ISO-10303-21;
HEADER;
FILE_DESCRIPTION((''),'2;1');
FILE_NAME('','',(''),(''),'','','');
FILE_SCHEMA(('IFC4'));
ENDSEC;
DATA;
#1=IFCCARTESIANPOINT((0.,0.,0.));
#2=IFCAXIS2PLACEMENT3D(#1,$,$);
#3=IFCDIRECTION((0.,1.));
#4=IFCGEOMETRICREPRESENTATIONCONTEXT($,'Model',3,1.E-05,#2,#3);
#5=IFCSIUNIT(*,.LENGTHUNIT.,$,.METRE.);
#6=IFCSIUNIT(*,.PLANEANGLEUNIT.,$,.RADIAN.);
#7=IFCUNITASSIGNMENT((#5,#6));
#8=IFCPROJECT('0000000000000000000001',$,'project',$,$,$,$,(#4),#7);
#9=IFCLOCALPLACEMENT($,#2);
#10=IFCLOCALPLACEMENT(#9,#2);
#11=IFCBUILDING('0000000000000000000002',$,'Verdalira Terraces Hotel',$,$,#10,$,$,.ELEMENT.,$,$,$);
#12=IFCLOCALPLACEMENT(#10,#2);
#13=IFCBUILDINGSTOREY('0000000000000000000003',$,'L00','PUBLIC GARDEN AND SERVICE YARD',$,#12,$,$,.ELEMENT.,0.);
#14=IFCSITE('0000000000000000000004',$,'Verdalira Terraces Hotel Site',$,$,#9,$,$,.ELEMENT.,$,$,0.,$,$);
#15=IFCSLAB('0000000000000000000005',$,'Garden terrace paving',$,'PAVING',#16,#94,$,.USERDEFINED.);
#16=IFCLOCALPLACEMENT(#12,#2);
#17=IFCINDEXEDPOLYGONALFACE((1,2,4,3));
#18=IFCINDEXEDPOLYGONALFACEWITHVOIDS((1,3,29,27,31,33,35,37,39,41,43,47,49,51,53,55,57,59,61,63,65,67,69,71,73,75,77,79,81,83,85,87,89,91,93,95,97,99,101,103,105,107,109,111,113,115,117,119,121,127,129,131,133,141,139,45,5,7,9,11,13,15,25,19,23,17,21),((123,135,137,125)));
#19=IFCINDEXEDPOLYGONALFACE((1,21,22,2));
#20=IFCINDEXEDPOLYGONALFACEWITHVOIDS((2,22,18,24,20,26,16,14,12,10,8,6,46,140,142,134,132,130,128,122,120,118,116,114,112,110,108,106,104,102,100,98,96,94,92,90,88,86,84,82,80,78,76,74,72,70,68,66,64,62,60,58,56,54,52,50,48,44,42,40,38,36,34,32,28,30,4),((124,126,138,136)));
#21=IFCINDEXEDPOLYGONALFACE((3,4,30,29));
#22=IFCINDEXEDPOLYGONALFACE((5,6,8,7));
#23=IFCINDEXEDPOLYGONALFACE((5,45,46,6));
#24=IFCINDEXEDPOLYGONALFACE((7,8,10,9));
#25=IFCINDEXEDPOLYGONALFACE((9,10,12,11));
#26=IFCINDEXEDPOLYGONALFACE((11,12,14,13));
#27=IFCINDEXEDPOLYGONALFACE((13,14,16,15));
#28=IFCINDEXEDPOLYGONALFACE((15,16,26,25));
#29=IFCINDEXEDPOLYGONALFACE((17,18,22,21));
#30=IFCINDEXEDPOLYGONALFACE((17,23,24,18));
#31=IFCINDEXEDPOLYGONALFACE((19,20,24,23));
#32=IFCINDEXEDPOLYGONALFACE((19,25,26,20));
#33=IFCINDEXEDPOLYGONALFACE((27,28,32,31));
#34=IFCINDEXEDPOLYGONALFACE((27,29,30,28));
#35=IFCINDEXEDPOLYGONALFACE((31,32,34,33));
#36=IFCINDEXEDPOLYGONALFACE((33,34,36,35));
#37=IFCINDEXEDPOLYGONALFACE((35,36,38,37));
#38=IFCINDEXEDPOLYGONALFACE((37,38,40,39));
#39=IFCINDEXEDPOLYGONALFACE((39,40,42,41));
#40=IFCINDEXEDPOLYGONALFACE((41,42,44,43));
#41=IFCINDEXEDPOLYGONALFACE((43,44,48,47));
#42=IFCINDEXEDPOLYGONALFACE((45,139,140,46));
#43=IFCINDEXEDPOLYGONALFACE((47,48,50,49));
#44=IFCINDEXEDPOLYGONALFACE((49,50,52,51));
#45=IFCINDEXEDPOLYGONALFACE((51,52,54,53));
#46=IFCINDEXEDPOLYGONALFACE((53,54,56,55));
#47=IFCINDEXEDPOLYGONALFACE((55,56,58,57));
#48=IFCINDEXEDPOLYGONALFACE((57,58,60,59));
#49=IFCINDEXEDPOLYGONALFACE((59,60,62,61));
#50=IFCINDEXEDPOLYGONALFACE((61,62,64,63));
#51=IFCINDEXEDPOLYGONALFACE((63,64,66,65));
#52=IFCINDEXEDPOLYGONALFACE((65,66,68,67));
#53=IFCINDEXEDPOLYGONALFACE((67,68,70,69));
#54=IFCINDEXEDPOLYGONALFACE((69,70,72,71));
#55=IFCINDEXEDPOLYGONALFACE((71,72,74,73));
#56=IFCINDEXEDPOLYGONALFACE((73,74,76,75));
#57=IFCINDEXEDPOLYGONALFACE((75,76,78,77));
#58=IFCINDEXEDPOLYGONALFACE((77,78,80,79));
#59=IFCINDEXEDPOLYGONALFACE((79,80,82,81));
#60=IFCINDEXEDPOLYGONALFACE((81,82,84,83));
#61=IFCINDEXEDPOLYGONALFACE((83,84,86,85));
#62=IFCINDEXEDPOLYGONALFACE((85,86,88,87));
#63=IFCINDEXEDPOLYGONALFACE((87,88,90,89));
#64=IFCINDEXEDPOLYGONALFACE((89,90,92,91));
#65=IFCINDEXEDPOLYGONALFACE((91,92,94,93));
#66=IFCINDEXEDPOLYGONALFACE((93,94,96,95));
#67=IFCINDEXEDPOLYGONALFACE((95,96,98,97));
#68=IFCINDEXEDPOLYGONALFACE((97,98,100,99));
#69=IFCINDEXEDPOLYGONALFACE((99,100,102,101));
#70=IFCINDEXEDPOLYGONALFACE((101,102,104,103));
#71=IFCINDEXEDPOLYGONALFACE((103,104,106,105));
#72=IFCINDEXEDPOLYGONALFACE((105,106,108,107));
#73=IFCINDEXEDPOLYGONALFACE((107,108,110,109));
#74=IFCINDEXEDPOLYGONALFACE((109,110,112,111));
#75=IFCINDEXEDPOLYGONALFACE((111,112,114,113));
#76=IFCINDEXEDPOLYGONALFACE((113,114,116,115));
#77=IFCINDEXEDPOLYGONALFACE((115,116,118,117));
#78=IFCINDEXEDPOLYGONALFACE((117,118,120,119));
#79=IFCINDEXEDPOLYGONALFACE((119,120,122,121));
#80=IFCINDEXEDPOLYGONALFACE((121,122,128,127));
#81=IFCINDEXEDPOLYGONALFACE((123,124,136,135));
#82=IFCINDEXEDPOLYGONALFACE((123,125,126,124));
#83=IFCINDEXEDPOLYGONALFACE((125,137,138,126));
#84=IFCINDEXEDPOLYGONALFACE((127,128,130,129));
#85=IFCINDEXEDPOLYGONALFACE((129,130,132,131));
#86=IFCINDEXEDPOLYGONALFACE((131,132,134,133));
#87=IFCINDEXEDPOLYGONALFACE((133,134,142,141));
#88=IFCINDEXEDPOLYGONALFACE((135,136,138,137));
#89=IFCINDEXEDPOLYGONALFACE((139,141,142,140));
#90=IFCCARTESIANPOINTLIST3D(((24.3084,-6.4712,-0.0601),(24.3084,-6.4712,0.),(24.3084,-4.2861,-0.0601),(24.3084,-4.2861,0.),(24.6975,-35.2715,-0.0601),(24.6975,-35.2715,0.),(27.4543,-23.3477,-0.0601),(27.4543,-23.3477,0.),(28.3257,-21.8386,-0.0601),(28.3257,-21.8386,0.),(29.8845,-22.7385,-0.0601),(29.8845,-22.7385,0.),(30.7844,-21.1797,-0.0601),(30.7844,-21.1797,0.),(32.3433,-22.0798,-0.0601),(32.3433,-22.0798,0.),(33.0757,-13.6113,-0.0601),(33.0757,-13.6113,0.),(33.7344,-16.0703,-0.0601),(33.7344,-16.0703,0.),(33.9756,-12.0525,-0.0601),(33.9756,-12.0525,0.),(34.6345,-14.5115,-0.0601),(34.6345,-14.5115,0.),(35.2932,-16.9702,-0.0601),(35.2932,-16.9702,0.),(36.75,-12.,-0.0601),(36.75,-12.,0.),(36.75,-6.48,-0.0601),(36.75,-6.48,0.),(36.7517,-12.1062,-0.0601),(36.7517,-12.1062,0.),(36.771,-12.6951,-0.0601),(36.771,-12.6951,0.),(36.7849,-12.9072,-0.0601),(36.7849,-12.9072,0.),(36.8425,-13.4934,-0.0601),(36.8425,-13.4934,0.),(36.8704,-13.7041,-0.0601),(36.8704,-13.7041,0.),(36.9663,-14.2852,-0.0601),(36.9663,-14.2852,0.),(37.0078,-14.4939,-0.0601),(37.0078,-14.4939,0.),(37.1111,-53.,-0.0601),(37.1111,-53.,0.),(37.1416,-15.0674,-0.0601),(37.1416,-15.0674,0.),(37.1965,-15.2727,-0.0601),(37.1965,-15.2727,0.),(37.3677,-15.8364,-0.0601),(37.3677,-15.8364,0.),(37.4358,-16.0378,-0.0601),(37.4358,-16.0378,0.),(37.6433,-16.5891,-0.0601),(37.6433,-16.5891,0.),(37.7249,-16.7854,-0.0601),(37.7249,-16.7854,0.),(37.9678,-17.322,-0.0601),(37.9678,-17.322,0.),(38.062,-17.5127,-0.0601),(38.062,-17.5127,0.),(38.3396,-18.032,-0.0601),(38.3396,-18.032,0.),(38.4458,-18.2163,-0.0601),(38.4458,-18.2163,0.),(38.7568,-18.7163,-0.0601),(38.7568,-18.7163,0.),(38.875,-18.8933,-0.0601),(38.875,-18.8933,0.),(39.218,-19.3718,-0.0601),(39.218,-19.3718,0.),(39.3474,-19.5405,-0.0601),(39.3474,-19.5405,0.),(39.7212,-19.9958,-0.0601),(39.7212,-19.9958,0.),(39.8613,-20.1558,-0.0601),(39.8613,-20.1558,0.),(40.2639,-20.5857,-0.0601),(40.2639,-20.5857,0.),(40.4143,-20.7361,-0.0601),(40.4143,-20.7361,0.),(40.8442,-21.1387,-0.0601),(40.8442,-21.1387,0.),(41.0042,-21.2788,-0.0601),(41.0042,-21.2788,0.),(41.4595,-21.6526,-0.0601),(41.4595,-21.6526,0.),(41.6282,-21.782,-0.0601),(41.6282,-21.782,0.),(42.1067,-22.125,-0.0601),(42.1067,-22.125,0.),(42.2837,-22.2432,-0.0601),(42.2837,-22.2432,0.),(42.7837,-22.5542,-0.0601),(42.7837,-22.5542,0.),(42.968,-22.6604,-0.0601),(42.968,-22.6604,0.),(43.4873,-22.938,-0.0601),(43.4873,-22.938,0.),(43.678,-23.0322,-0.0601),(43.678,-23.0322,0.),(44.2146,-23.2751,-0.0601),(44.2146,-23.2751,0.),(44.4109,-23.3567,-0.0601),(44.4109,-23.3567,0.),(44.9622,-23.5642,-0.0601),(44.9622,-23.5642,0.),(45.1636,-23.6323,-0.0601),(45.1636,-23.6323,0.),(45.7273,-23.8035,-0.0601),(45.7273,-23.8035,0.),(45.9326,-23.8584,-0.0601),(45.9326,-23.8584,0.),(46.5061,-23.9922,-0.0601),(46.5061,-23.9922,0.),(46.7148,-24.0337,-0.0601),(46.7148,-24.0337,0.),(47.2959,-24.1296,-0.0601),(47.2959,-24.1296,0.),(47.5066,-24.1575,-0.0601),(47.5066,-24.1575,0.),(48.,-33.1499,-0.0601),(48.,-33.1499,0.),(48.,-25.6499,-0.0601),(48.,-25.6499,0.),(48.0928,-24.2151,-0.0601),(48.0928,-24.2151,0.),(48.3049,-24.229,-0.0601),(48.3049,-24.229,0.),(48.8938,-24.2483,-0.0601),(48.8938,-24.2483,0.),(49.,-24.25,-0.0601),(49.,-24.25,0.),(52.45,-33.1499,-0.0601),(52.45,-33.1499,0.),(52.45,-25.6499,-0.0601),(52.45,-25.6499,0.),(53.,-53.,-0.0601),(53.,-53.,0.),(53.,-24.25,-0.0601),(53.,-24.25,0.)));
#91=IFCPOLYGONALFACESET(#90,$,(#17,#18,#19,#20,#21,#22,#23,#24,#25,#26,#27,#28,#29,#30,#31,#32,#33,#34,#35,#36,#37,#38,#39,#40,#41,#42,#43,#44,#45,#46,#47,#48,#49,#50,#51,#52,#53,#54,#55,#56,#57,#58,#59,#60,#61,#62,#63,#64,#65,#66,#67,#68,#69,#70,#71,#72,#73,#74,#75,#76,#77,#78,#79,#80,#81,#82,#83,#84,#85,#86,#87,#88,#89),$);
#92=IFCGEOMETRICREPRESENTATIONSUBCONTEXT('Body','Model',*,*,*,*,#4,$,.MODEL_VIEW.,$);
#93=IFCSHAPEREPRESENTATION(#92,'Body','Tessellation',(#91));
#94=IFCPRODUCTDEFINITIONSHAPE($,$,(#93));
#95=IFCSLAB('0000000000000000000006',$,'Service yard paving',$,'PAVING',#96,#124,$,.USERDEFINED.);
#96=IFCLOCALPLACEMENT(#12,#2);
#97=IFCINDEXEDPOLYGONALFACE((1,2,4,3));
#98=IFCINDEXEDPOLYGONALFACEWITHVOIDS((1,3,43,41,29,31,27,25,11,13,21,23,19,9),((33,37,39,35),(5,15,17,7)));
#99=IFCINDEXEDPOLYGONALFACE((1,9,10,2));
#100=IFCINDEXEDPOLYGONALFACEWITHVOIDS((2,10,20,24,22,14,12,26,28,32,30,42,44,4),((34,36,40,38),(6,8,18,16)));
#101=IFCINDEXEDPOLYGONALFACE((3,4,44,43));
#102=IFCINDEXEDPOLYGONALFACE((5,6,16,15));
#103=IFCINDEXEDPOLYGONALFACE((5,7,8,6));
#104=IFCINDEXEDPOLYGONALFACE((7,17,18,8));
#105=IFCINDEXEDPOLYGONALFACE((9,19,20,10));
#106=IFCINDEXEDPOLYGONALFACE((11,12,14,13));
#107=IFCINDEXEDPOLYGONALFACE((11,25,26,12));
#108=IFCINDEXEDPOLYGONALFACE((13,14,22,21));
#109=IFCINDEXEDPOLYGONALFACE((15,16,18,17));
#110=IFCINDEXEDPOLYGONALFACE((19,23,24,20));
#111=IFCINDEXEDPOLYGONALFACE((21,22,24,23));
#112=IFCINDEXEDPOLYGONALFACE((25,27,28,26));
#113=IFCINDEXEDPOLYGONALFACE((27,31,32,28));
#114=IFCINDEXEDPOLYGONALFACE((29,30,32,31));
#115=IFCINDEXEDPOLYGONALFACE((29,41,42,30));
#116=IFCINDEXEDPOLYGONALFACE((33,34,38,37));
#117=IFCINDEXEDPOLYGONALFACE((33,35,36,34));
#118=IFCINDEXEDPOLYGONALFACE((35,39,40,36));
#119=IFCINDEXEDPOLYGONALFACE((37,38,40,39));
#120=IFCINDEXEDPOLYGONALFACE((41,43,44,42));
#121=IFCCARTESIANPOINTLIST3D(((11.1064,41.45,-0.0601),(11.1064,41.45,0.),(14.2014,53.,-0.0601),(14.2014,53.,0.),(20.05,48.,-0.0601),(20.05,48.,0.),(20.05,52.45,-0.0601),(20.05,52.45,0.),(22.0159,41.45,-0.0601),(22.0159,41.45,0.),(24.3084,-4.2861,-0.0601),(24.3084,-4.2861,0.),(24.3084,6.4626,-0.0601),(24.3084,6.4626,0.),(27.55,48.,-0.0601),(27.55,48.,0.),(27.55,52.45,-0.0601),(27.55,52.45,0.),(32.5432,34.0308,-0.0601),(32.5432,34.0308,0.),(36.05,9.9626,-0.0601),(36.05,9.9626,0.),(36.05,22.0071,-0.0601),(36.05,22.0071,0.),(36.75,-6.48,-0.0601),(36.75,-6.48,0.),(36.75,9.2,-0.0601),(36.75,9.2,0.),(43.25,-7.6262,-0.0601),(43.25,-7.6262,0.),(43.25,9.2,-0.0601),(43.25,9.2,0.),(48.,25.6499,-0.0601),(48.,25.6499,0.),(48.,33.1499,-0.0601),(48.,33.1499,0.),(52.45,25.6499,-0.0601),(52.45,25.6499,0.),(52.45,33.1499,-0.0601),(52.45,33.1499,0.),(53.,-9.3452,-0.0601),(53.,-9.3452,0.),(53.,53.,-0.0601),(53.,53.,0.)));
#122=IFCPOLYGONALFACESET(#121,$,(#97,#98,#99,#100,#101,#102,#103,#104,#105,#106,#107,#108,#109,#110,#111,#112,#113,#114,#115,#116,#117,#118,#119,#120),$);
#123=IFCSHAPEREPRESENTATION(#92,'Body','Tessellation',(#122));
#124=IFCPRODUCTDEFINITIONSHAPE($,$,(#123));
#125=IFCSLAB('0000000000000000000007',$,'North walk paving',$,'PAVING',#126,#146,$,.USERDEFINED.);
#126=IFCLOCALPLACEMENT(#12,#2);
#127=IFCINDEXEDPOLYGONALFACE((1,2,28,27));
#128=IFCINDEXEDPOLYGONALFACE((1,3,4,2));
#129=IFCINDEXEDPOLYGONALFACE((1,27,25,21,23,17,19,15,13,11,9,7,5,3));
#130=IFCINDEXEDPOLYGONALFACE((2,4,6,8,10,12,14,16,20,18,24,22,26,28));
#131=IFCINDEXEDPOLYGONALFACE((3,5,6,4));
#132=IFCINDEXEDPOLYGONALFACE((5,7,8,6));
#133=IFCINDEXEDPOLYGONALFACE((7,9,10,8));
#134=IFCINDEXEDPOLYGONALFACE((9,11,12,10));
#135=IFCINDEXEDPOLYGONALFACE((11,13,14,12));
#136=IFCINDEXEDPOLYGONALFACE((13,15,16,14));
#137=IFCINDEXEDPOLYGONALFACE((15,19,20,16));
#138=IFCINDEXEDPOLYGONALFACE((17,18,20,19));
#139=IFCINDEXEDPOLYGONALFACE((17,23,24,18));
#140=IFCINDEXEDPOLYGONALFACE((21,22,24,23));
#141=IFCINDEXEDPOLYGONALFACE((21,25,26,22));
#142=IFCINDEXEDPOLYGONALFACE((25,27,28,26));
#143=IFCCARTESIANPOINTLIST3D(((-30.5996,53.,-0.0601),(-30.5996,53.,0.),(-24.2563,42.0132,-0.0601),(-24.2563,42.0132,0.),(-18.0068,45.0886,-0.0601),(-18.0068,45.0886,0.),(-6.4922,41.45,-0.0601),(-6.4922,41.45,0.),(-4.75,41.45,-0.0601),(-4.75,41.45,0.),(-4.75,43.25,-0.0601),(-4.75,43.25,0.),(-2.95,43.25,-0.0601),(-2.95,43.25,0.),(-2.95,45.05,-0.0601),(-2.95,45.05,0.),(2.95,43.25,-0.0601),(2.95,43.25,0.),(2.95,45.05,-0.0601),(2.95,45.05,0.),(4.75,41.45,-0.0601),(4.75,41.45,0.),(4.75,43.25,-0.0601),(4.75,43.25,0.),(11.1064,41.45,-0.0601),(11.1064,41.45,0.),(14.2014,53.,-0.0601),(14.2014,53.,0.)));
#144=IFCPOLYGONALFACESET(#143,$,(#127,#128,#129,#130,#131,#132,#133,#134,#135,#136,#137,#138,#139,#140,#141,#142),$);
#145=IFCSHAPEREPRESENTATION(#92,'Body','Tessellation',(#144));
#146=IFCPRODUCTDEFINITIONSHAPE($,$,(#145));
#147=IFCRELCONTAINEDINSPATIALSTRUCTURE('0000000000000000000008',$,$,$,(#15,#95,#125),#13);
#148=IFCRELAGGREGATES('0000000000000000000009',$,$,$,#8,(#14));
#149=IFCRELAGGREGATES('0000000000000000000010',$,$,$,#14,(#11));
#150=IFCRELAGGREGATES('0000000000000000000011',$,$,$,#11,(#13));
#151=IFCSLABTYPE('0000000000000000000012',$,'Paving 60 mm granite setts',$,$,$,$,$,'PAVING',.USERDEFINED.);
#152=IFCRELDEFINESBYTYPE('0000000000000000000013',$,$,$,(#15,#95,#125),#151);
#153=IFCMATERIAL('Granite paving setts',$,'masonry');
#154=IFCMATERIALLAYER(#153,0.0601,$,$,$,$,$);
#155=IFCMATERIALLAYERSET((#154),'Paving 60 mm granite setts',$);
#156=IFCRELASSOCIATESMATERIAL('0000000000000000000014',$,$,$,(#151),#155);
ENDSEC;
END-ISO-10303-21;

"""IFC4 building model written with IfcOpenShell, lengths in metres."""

from ifc_helpers import new_model, si_unit, direction, frame, origin, place, context, subcontext, project, spatial, polyline, outline, extrude, material, layer, layer_set, type_object, element, save


model = new_model("IFC4")

# Units and contexts
model_context = context("Model", 3, precision=1e-05, world=origin(), true_north=direction((0.0, 1.0)))
body_context = subcontext(model_context, "Body", "Model", "MODEL_VIEW")
ifc_project = project(units=[si_unit("LENGTHUNIT", "METRE"), si_unit("PLANEANGLEUNIT", "RADIAN")], contexts=[model_context])

# Site, building, storey
site_placement = place(None, origin())
site = spatial("IfcSite", under=ifc_project, at=site_placement, Name="Verdalira Terraces Hotel Site", CompositionType="ELEMENT", RefElevation=0.0)
building_placement = place(site_placement, origin())
building = spatial("IfcBuilding", under=site, at=building_placement, Name="Verdalira Terraces Hotel", CompositionType="ELEMENT")
storey_placement = place(building_placement, origin())
storey = spatial("IfcBuildingStorey", under=building, at=storey_placement, Name="L00", Description="PUBLIC GARDEN AND SERVICE YARD", CompositionType="ELEMENT", Elevation=0.0)

# Slabs
ifc_material_1 = material(Name="Granite paving setts", Category="masonry")
ifc_layer_1 = layer(ifc_material_1, 0.0601)
ifc_layer_set_1 = layer_set([ifc_layer_1], Name="Paving 60 mm granite setts")
slab_type_1 = type_object("IfcSlabType", Name="Paving 60 mm granite setts", ElementType="PAVING", PredefinedType="USERDEFINED", material=ifc_layer_set_1)
slab_1_placement = place(storey_placement, frame((0.0, 0.0, -0.0601)))
element("IfcSlab", 1, at=slab_1_placement, inside=storey, type_object=slab_type_1, Name="Garden terrace paving", ObjectType="PAVING", PredefinedType="USERDEFINED", context=body_context, shape_type="SweptSolid", body=[
    extrude(outline(polyline([(36.7517, -12.1062), (36.771, -12.6951), (36.7849, -12.9072), (36.8425, -13.4934), (36.8704, -13.7041), (36.9663, -14.2852), (37.0078, -14.4939), (37.1416, -15.0674), (37.1965, -15.2727), (37.3677, -15.8364), (37.4358, -16.0378), (37.6433, -16.5891), (37.7249, -16.7854), (37.9678, -17.322), (38.062, -17.5127), (38.3396, -18.032), (38.4458, -18.2163), (38.7568, -18.7163), (38.875, -18.8933), (39.218, -19.3718), (39.3474, -19.5405), (39.7212, -19.9959), (39.8613, -20.1558), (40.2639, -20.5857), (40.4143, -20.7361), (40.8442, -21.1387), (41.0042, -21.2788), (41.4595, -21.6526), (41.6282, -21.782), (42.1067, -22.125), (42.2837, -22.2432), (42.7837, -22.5542), (42.968, -22.6604), (43.4873, -22.938), (43.678, -23.0322), (44.2146, -23.2751), (44.4109, -23.3567), (44.9622, -23.5642), (45.1636, -23.6323), (45.7273, -23.8035), (45.9326, -23.8584), (46.5061, -23.9922), (46.7148, -24.0337), (47.2959, -24.1296), (47.5066, -24.1575), (48.0928, -24.2151), (48.3049, -24.229), (48.8938, -24.2483), (49.0, -24.25), (53.0, -24.25), (53.0, -53.0), (37.1111, -53.0), (24.6975, -35.2715), (27.4543, -23.3477), (28.3257, -21.8386), (29.8845, -22.7385), (30.7844, -21.1797), (32.3433, -22.0798), (35.2932, -16.9702), (33.7344, -16.0703), (34.6345, -14.5115), (33.0757, -13.6113), (33.9756, -12.0525), (24.3084, -6.4712), (24.3084, -4.2861), (36.75, -6.48), (36.75, -12.0), (36.7517, -12.1062)]), holes=[polyline([(48.0, -25.6499), (48.0, -33.1499), (52.45, -33.1499), (52.45, -25.6499), (48.0, -25.6499)])]), origin(), (0.0, 0.0, 1.0), 0.0601),
])
slab_2_placement = place(storey_placement, frame((0.0, 0.0, -0.0601)))
element("IfcSlab", 2, at=slab_2_placement, inside=storey, type_object=slab_type_1, Name="Service yard paving", ObjectType="PAVING", PredefinedType="USERDEFINED", context=body_context, shape_type="SweptSolid", body=[
    extrude(outline(polyline([(53.0, -9.3452), (43.25, -7.6262), (43.25, 9.2), (36.75, 9.2), (36.75, -6.48), (24.3084, -4.2861), (24.3084, 6.4626), (36.05, 9.9626), (36.05, 22.0071), (32.5432, 34.0308), (22.0159, 41.45), (11.1064, 41.45), (14.2014, 53.0), (53.0, 53.0), (53.0, -9.3452)]), holes=[polyline([(48.0, 25.6499), (52.45, 25.6499), (52.45, 33.1499), (48.0, 33.1499), (48.0, 25.6499)]), polyline([(27.55, 52.45), (20.05, 52.45), (20.05, 48.0), (27.55, 48.0), (27.55, 52.45)])]), origin(), (0.0, 0.0, 1.0), 0.0601),
])
slab_3_placement = place(storey_placement, frame((0.0, 0.0, -0.0601)))
element("IfcSlab", 3, at=slab_3_placement, inside=storey, type_object=slab_type_1, Name="North walk paving", ObjectType="PAVING", PredefinedType="USERDEFINED", context=body_context, shape_type="SweptSolid", body=[
    extrude(outline(polyline([(11.1064, 41.45), (4.75, 41.45), (4.75, 43.25), (2.95, 43.25), (2.95, 45.05), (-2.95, 45.05), (-2.95, 43.25), (-4.75, 43.25), (-4.75, 41.45), (-6.4922, 41.45), (-18.0068, 45.0886), (-24.2563, 42.0132), (-30.5996, 53.0), (14.2014, 53.0), (11.1064, 41.45)])), origin(), (0.0, 0.0, 1.0), 0.0601),
])

save(model, "model.ifc")
